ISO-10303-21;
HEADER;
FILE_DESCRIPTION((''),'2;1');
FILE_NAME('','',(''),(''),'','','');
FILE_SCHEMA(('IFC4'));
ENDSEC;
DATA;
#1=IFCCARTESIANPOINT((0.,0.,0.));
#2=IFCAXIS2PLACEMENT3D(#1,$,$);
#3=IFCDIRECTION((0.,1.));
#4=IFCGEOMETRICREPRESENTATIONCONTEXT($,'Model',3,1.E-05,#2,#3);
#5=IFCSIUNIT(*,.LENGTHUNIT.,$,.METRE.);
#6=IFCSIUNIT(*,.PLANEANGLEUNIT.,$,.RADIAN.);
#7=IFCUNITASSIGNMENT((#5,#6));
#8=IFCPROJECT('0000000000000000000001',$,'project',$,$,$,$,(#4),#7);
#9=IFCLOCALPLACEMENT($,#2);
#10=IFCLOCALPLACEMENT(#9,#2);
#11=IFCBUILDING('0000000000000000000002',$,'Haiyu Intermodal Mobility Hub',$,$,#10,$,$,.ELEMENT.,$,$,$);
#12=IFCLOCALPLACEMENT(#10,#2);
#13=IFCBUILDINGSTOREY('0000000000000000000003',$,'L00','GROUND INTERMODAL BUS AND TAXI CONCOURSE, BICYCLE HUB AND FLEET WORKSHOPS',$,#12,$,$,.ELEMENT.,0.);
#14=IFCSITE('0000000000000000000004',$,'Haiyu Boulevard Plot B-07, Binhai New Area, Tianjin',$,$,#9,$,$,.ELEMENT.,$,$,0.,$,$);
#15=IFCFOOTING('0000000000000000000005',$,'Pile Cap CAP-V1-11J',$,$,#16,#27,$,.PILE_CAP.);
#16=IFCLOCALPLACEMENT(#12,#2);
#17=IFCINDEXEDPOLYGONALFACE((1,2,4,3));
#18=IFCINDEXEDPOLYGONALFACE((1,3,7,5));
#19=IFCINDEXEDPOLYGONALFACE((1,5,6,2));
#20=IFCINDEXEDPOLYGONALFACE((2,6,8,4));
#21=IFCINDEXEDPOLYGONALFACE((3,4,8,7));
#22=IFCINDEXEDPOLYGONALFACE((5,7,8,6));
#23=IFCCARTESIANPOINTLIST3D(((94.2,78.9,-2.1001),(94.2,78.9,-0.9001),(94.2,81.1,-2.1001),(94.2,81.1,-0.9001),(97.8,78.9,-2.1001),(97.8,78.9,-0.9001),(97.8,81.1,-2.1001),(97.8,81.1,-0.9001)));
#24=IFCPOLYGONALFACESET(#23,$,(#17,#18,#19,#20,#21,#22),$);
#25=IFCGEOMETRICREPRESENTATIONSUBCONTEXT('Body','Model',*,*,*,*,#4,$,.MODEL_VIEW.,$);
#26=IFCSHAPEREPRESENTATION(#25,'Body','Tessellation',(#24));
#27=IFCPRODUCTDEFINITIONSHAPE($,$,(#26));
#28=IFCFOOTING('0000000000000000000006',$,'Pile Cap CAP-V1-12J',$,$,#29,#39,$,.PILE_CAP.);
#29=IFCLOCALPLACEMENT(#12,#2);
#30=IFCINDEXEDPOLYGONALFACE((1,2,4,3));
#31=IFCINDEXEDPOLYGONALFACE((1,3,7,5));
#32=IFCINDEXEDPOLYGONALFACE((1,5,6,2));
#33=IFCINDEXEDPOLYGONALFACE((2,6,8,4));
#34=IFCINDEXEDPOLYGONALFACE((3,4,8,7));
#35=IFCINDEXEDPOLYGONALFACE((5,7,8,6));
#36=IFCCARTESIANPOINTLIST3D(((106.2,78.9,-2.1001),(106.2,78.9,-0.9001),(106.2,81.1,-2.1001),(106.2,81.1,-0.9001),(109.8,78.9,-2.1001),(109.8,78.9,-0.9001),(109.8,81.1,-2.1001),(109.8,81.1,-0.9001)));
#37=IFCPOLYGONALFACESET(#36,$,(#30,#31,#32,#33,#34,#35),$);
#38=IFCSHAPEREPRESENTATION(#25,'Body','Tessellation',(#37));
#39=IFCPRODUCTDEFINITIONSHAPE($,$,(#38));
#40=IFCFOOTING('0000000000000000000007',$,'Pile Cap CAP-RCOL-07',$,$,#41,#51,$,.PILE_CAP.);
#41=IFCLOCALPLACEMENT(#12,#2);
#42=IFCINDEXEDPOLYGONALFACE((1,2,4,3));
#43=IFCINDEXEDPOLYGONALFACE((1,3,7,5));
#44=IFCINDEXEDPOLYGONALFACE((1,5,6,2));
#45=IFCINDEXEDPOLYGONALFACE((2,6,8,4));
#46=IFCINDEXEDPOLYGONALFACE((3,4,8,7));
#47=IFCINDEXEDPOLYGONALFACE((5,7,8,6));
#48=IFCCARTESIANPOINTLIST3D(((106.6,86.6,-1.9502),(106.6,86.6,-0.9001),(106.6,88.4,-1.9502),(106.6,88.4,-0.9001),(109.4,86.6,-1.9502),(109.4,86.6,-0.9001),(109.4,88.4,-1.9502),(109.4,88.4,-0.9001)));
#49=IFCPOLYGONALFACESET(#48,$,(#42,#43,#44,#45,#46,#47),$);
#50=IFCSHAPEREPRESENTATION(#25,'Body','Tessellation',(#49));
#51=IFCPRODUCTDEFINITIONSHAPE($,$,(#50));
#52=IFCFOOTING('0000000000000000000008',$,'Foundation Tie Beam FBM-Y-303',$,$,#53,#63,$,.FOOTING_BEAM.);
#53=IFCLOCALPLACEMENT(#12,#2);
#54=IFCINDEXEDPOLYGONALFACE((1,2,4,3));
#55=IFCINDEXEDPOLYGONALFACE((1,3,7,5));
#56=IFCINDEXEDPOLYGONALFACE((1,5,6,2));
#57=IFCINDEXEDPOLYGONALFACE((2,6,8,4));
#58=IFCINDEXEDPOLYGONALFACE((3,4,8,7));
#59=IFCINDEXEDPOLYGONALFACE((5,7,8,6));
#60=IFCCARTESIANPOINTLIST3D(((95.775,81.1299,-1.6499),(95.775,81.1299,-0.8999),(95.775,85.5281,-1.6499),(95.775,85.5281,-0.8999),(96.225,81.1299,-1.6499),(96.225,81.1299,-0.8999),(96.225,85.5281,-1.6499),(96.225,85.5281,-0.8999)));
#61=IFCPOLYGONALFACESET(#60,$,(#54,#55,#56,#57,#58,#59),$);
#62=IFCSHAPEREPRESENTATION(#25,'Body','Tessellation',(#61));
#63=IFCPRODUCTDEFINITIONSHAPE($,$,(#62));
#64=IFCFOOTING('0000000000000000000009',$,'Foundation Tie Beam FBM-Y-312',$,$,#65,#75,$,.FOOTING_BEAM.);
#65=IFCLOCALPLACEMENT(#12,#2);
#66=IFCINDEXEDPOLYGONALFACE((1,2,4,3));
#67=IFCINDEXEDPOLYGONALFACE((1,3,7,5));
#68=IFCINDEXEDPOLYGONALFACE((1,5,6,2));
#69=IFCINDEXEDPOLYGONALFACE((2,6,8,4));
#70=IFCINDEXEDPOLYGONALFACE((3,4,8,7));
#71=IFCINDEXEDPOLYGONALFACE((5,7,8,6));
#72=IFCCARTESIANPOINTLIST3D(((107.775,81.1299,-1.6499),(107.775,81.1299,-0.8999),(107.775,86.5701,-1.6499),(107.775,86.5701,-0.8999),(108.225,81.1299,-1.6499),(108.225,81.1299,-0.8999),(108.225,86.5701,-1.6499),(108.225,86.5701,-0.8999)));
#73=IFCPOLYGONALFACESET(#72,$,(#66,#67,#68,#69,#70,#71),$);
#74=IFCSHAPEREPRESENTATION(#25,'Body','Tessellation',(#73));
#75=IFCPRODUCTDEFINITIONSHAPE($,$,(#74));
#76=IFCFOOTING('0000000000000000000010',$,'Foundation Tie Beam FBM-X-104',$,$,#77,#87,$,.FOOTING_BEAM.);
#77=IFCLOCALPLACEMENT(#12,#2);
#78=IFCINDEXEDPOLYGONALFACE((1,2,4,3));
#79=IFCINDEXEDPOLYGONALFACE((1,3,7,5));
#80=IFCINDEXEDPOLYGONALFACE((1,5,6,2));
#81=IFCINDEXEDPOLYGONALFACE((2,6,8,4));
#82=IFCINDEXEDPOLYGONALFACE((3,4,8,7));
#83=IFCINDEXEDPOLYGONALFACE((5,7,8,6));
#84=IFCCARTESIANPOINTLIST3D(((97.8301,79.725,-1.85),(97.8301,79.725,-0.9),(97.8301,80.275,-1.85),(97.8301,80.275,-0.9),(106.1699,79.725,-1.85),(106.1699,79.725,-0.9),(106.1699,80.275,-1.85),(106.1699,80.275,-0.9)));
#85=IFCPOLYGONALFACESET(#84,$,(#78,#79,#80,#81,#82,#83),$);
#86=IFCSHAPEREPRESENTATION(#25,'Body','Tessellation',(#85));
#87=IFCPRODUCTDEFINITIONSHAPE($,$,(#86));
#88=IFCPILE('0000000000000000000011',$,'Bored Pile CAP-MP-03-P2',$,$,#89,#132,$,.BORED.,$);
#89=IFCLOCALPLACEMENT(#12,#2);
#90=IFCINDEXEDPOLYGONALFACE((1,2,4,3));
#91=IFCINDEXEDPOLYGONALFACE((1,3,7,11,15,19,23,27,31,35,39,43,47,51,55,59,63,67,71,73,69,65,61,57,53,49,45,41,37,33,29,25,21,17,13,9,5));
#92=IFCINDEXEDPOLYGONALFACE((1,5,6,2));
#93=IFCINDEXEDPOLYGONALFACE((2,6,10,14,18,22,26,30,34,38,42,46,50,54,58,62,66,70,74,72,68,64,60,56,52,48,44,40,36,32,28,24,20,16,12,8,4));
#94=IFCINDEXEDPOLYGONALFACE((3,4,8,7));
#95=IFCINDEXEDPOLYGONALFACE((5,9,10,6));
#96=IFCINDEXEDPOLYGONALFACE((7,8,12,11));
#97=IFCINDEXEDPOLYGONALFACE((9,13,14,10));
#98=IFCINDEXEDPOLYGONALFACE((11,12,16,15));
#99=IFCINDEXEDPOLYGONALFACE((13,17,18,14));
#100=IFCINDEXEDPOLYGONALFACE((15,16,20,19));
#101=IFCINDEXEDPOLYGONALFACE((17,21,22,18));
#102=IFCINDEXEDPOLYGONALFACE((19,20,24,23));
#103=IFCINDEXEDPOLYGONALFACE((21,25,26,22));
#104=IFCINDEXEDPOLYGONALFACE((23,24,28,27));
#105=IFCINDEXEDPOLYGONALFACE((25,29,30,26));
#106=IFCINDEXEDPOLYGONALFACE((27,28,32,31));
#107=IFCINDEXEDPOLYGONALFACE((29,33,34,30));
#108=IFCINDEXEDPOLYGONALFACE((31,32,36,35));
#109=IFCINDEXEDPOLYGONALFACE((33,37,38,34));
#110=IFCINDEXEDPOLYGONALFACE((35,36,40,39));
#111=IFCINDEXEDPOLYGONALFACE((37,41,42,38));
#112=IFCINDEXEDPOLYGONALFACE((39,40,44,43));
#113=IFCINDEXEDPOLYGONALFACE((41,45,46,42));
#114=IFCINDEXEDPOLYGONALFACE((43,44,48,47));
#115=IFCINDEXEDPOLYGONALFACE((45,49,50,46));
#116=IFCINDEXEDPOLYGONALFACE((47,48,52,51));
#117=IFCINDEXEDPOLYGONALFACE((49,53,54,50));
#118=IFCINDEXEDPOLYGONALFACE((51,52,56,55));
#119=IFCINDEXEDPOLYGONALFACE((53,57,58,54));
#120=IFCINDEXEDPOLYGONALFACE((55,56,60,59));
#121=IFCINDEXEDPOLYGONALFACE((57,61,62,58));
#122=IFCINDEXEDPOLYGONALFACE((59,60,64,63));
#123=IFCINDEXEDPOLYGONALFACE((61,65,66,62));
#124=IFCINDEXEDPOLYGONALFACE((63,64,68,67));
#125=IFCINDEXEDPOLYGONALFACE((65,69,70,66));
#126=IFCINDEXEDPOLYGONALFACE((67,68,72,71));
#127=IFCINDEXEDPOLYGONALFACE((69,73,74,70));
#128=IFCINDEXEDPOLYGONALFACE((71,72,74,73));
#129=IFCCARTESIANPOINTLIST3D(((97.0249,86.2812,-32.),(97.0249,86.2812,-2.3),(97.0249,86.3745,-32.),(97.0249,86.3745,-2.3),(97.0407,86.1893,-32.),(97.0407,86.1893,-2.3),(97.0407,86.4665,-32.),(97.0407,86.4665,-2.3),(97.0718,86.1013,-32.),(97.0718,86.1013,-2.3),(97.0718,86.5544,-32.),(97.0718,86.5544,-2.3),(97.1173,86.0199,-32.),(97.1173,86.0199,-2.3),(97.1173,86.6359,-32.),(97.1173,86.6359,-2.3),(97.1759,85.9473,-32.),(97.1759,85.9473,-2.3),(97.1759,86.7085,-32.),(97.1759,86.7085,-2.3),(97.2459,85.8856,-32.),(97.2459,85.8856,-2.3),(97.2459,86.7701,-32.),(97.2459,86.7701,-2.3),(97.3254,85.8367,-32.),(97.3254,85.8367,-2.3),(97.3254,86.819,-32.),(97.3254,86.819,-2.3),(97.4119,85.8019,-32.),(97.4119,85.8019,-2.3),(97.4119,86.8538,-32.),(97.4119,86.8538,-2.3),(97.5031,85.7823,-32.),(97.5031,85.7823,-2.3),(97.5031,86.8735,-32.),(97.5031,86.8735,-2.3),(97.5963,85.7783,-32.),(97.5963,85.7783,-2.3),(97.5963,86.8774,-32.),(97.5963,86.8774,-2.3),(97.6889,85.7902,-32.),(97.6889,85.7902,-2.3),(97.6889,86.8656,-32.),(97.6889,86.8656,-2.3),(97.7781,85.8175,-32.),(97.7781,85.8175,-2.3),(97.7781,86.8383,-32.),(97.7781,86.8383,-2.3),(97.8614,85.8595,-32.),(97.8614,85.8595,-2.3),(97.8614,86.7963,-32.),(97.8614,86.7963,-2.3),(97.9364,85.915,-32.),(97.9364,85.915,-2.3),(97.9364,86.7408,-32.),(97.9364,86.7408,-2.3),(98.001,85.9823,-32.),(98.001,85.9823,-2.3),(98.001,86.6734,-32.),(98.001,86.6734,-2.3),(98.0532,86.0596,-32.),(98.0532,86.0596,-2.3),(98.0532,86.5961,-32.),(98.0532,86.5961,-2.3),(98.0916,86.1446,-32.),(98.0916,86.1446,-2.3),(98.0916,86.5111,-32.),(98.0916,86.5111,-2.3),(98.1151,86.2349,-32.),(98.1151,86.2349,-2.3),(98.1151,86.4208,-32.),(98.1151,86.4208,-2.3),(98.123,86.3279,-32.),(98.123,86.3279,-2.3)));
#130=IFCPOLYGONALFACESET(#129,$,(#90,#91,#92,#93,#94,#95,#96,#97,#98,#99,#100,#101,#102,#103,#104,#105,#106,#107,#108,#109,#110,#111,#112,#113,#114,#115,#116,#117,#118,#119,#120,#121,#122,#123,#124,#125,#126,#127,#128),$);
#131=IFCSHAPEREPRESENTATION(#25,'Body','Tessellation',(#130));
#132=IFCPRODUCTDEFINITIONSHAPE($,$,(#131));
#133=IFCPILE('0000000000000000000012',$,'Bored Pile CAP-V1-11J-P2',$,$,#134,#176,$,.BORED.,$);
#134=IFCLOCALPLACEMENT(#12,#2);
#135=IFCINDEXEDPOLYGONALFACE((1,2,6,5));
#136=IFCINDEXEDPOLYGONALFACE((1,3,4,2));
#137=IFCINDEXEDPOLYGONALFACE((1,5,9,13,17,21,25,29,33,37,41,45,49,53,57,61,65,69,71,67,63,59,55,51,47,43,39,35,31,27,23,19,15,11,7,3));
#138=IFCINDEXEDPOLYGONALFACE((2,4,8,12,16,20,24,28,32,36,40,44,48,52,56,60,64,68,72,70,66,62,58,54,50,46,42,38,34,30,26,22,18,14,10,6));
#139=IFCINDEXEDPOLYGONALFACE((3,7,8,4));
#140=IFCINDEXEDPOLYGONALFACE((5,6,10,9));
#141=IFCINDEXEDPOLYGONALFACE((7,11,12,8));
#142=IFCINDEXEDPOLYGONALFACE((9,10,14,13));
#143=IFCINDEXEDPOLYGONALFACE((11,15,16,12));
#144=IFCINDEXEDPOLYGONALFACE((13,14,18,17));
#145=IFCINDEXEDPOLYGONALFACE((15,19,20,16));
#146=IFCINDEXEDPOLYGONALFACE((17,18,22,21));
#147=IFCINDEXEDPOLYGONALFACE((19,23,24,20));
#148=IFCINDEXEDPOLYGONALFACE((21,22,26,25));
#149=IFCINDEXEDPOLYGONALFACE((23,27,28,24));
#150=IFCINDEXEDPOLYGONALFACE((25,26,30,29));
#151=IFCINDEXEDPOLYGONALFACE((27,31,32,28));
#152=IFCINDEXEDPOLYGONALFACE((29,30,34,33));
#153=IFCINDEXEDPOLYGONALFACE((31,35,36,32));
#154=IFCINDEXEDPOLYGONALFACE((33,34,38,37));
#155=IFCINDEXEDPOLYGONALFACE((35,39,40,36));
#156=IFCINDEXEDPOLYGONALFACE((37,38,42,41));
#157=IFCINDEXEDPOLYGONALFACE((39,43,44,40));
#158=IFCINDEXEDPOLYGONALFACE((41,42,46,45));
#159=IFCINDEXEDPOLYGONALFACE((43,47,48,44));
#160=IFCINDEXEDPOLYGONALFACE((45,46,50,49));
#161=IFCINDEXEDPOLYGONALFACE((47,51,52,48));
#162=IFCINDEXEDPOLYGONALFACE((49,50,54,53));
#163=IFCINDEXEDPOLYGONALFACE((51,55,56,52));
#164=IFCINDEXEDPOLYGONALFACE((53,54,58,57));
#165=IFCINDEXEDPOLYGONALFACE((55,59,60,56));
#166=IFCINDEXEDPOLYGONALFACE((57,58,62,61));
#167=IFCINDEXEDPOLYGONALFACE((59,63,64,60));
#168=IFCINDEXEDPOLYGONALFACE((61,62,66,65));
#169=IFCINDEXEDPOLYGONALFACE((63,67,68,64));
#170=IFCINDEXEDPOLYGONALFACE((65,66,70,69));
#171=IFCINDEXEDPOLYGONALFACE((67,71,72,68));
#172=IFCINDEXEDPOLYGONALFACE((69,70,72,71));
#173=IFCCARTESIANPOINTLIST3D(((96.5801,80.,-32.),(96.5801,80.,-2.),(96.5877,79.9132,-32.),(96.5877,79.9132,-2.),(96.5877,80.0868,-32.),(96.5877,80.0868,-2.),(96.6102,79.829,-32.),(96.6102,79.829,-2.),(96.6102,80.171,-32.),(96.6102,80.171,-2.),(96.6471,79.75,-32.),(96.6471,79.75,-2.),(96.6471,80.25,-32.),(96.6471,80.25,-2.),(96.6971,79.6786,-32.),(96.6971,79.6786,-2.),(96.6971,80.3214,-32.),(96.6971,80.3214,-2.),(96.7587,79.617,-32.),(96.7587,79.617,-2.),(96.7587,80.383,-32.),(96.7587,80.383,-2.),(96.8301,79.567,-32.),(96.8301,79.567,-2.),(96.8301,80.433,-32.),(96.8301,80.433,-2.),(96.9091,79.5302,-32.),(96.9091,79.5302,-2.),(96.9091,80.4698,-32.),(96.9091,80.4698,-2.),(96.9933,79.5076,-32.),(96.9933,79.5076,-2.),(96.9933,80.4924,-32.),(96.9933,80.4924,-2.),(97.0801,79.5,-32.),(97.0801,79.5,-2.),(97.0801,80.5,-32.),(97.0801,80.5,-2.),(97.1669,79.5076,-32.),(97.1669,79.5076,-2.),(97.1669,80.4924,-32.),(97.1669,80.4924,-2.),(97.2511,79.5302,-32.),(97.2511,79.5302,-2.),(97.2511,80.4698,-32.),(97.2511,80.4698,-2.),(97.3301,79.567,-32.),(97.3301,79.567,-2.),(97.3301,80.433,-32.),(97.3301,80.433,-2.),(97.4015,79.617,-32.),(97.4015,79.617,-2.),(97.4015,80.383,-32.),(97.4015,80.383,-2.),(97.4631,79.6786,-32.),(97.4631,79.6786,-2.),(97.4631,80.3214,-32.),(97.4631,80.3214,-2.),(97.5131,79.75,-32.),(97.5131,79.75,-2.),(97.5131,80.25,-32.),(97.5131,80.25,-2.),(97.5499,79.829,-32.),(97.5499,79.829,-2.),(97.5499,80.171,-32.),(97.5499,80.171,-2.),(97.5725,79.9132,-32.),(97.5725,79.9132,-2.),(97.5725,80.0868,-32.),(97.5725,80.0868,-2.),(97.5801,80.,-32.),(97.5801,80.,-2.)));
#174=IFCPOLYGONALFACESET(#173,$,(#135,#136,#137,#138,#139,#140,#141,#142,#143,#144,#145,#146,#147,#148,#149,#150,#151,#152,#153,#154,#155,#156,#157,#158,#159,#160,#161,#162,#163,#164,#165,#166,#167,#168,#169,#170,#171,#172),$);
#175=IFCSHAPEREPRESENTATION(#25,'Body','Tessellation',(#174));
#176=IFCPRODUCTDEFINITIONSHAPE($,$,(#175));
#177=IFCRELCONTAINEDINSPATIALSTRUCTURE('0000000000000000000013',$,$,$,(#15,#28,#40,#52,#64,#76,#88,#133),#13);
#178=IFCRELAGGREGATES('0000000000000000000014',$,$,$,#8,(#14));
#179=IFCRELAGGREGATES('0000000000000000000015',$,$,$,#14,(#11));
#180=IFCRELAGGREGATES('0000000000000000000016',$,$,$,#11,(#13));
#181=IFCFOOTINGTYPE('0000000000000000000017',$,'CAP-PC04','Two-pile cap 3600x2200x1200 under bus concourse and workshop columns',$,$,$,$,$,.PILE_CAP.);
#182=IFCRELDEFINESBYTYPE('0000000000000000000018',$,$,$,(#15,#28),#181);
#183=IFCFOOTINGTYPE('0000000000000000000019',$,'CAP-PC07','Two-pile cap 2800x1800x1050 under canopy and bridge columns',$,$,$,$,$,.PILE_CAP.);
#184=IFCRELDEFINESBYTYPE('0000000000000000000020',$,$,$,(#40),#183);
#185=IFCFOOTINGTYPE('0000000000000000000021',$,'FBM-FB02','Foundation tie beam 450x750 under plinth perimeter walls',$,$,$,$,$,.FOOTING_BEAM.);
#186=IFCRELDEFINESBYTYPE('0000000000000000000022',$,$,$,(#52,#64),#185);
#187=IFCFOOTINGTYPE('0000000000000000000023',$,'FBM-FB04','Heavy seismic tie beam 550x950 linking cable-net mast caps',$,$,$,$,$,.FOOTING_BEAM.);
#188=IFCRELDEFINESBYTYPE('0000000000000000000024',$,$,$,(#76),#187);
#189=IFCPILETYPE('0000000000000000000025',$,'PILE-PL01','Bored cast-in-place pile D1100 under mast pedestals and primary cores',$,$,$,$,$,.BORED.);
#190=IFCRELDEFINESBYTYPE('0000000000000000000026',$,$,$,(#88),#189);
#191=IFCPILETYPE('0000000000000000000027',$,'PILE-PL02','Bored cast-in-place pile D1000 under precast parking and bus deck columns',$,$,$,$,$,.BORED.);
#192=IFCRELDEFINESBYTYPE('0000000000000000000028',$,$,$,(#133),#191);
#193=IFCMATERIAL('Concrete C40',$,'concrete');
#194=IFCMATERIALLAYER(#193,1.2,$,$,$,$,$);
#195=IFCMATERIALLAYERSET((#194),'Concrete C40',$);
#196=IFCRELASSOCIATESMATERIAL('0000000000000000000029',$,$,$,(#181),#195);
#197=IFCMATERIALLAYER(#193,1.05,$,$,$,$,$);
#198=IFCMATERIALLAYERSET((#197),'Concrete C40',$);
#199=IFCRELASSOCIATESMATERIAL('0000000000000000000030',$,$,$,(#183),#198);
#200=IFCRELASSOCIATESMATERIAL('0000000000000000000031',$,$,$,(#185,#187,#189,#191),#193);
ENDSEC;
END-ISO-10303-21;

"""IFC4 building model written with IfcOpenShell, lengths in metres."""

from ifc_helpers import new_model, si_unit, direction, frame, origin, origin_2d, place, context, subcontext, project, spatial, rectangle, circle, extrude, material, layer, layer_set, material_profile, profile_set, type_object, element, save


model = new_model("IFC4")

# Units and contexts
model_context = context("Model", 3, precision=1e-05, world=origin(), true_north=direction((0.0, 1.0)))
body_context = subcontext(model_context, "Body", "Model", "MODEL_VIEW")
ifc_project = project(units=[si_unit("LENGTHUNIT", "METRE"), si_unit("PLANEANGLEUNIT", "RADIAN")], contexts=[model_context])

# Site, building, storey
site_placement = place(None, origin())
site = spatial("IfcSite", under=ifc_project, at=site_placement, Name="Haiyu Boulevard Plot B-07, Binhai New Area, Tianjin", CompositionType="ELEMENT", RefElevation=0.0)
building_placement = place(site_placement, origin())
building = spatial("IfcBuilding", under=site, at=building_placement, Name="Haiyu Intermodal Mobility Hub", CompositionType="ELEMENT")
storey_placement = place(building_placement, origin())
storey = spatial("IfcBuildingStorey", under=building, at=storey_placement, Name="L00", Description="GROUND INTERMODAL BUS AND TAXI CONCOURSE, BICYCLE HUB AND FLEET WORKSHOPS", CompositionType="ELEMENT", Elevation=0.0)

# Footings
ifc_material_1 = material(Name="Concrete C40", Category="concrete")
ifc_layer_1 = layer(ifc_material_1, 1.2)
ifc_layer_set_1 = layer_set([ifc_layer_1], Name="Concrete C40")
footing_type_1 = type_object("IfcFootingType", Name="CAP-PC04", Description="Two-pile cap 3600x2200x1200 under bus concourse and workshop columns", PredefinedType="PILE_CAP", material=ifc_layer_set_1)
for number, where, z_axis, x_axis, name in (
    (1, (96.0, 80.0, -2.1001), (0.0, 0.0, 1.0), (1.0, 0.0, 0.0), "Pile Cap CAP-V1-11J"),
    (2, (108.0, 80.0, -2.1001), (0.0, 0.0, 1.0), (1.0, 0.0, 0.0), "Pile Cap CAP-V1-12J"),
):
    element("IfcFooting", number, at=place(storey_placement, frame(where, z_axis=z_axis, x_axis=x_axis)), inside=storey, type_object=footing_type_1, Name=name, PredefinedType="PILE_CAP", context=body_context, shape_type="SweptSolid", body=[
        extrude(rectangle(XDim=3.6001, YDim=2.2, at=origin_2d()), origin(), (0.0, 0.0, 1.0), 1.2),
    ])
ifc_layer_2 = layer(ifc_material_1, 1.05)
ifc_layer_set_2 = layer_set([ifc_layer_2], Name="Concrete C40")
footing_type_2 = type_object("IfcFootingType", Name="CAP-PC07", Description="Two-pile cap 2800x1800x1050 under canopy and bridge columns", PredefinedType="PILE_CAP", material=ifc_layer_set_2)
footing_1_placement = place(storey_placement, frame((108.0, 87.5, -1.9502), z_axis=(0.0, 0.0, 1.0), x_axis=(1.0, 0.0, 0.0)))
element("IfcFooting", 3, at=footing_1_placement, inside=storey, type_object=footing_type_2, Name="Pile Cap CAP-RCOL-07", PredefinedType="PILE_CAP", context=body_context, shape_type="SweptSolid", body=[
    extrude(rectangle(XDim=2.8, YDim=1.8, at=origin_2d()), origin(), (0.0, 0.0, 1.0), 1.05),
])
ifc_material_profile_1 = material_profile(ifc_material_1, rectangle(XDim=0.45, YDim=0.75, at=origin_2d()), Name="FB450x750")
ifc_profile_set_1 = profile_set([ifc_material_profile_1], Name="Concrete C40")
footing_type_3 = type_object("IfcFootingType", Name="FBM-FB02", Description="Foundation tie beam 450x750 under plinth perimeter walls", PredefinedType="FOOTING_BEAM", material=ifc_profile_set_1)
footing_2_placement = place(storey_placement, frame((96.0, 81.1299, -1.2749), z_axis=(0.0, 1.0, 0.0), x_axis=(-1.0, 0.0, 0.0)))
element("IfcFooting", 4, at=footing_2_placement, inside=storey, type_object=footing_type_3, Name="Foundation Tie Beam FBM-Y-303", PredefinedType="FOOTING_BEAM", context=body_context, shape_type="SweptSolid", body=[
    extrude(rectangle(XDim=0.45, YDim=0.75, at=origin_2d()), origin(), (0.0, 0.0, 1.0), 4.3982),
])
footing_3_placement = place(storey_placement, frame((108.0, 81.1299, -1.2749), z_axis=(0.0, 1.0, 0.0), x_axis=(-1.0, 0.0, 0.0)))
element("IfcFooting", 5, at=footing_3_placement, inside=storey, type_object=footing_type_3, Name="Foundation Tie Beam FBM-Y-312", PredefinedType="FOOTING_BEAM", context=body_context, shape_type="SweptSolid", body=[
    extrude(rectangle(XDim=0.45, YDim=0.75, at=origin_2d()), origin(), (0.0, 0.0, 1.0), 5.4402),
])
ifc_material_profile_2 = material_profile(ifc_material_1, rectangle(XDim=0.55, YDim=0.95, at=origin_2d()), Name="FB550x950")
ifc_profile_set_2 = profile_set([ifc_material_profile_2], Name="Concrete C40")
footing_type_4 = type_object("IfcFootingType", Name="FBM-FB04", Description="Heavy seismic tie beam 550x950 linking cable-net mast caps", PredefinedType="FOOTING_BEAM", material=ifc_profile_set_2)
footing_4_placement = place(storey_placement, frame((97.8301, 80.0, -1.375), z_axis=(1.0, 0.0, 0.0), x_axis=(0.0, 1.0, 0.0)))
element("IfcFooting", 6, at=footing_4_placement, inside=storey, type_object=footing_type_4, Name="Foundation Tie Beam FBM-X-104", PredefinedType="FOOTING_BEAM", context=body_context, shape_type="SweptSolid", body=[
    extrude(rectangle(XDim=0.55, YDim=0.95, at=origin_2d()), origin(), (0.0, 0.0, 1.0), 8.3398),
])

# Piles
ifc_material_profile_3 = material_profile(ifc_material_1, circle(Radius=0.55, at=origin_2d()), Name="PILE-D1100")
ifc_profile_set_3 = profile_set([ifc_material_profile_3], Name="Concrete C40")
pile_type_1 = type_object("IfcPileType", Name="PILE-PL01", Description="Bored cast-in-place pile D1100 under mast pedestals and primary cores", PredefinedType="BORED", material=ifc_profile_set_3)
pile_1_placement = place(storey_placement, frame((97.573, 86.3279, -2.3), z_axis=(0.0, 0.0, -1.0), x_axis=(1.0, 0.0, 0.0)))
element("IfcPile", 7, at=pile_1_placement, inside=storey, type_object=pile_type_1, Name="Bored Pile CAP-MP-03-P2", PredefinedType="BORED", context=body_context, shape_type="SweptSolid", body=[
    extrude(circle(Radius=0.55, at=origin_2d()), origin(), (0.0, 0.0, 1.0), 29.7),
])
ifc_material_profile_4 = material_profile(ifc_material_1, circle(Radius=0.5, at=origin_2d()), Name="PILE-D1000")
ifc_profile_set_4 = profile_set([ifc_material_profile_4], Name="Concrete C40")
pile_type_2 = type_object("IfcPileType", Name="PILE-PL02", Description="Bored cast-in-place pile D1000 under precast parking and bus deck columns", PredefinedType="BORED", material=ifc_profile_set_4)
for number, where, z_axis, x_axis, name in (
    (8, (97.0801, 80.0, -2.0), (0.0, 0.0, -1.0), (1.0, 0.0, 0.0), "Bored Pile CAP-V1-11J-P2"),
):
    element("IfcPile", number, at=place(storey_placement, frame(where, z_axis=z_axis, x_axis=x_axis)), inside=storey, type_object=pile_type_2, Name=name, PredefinedType="BORED", context=body_context, shape_type="SweptSolid", body=[
        extrude(circle(Radius=0.5, at=origin_2d()), origin(), (0.0, 0.0, 1.0), 30.0),
    ])

save(model, "model.ifc")
